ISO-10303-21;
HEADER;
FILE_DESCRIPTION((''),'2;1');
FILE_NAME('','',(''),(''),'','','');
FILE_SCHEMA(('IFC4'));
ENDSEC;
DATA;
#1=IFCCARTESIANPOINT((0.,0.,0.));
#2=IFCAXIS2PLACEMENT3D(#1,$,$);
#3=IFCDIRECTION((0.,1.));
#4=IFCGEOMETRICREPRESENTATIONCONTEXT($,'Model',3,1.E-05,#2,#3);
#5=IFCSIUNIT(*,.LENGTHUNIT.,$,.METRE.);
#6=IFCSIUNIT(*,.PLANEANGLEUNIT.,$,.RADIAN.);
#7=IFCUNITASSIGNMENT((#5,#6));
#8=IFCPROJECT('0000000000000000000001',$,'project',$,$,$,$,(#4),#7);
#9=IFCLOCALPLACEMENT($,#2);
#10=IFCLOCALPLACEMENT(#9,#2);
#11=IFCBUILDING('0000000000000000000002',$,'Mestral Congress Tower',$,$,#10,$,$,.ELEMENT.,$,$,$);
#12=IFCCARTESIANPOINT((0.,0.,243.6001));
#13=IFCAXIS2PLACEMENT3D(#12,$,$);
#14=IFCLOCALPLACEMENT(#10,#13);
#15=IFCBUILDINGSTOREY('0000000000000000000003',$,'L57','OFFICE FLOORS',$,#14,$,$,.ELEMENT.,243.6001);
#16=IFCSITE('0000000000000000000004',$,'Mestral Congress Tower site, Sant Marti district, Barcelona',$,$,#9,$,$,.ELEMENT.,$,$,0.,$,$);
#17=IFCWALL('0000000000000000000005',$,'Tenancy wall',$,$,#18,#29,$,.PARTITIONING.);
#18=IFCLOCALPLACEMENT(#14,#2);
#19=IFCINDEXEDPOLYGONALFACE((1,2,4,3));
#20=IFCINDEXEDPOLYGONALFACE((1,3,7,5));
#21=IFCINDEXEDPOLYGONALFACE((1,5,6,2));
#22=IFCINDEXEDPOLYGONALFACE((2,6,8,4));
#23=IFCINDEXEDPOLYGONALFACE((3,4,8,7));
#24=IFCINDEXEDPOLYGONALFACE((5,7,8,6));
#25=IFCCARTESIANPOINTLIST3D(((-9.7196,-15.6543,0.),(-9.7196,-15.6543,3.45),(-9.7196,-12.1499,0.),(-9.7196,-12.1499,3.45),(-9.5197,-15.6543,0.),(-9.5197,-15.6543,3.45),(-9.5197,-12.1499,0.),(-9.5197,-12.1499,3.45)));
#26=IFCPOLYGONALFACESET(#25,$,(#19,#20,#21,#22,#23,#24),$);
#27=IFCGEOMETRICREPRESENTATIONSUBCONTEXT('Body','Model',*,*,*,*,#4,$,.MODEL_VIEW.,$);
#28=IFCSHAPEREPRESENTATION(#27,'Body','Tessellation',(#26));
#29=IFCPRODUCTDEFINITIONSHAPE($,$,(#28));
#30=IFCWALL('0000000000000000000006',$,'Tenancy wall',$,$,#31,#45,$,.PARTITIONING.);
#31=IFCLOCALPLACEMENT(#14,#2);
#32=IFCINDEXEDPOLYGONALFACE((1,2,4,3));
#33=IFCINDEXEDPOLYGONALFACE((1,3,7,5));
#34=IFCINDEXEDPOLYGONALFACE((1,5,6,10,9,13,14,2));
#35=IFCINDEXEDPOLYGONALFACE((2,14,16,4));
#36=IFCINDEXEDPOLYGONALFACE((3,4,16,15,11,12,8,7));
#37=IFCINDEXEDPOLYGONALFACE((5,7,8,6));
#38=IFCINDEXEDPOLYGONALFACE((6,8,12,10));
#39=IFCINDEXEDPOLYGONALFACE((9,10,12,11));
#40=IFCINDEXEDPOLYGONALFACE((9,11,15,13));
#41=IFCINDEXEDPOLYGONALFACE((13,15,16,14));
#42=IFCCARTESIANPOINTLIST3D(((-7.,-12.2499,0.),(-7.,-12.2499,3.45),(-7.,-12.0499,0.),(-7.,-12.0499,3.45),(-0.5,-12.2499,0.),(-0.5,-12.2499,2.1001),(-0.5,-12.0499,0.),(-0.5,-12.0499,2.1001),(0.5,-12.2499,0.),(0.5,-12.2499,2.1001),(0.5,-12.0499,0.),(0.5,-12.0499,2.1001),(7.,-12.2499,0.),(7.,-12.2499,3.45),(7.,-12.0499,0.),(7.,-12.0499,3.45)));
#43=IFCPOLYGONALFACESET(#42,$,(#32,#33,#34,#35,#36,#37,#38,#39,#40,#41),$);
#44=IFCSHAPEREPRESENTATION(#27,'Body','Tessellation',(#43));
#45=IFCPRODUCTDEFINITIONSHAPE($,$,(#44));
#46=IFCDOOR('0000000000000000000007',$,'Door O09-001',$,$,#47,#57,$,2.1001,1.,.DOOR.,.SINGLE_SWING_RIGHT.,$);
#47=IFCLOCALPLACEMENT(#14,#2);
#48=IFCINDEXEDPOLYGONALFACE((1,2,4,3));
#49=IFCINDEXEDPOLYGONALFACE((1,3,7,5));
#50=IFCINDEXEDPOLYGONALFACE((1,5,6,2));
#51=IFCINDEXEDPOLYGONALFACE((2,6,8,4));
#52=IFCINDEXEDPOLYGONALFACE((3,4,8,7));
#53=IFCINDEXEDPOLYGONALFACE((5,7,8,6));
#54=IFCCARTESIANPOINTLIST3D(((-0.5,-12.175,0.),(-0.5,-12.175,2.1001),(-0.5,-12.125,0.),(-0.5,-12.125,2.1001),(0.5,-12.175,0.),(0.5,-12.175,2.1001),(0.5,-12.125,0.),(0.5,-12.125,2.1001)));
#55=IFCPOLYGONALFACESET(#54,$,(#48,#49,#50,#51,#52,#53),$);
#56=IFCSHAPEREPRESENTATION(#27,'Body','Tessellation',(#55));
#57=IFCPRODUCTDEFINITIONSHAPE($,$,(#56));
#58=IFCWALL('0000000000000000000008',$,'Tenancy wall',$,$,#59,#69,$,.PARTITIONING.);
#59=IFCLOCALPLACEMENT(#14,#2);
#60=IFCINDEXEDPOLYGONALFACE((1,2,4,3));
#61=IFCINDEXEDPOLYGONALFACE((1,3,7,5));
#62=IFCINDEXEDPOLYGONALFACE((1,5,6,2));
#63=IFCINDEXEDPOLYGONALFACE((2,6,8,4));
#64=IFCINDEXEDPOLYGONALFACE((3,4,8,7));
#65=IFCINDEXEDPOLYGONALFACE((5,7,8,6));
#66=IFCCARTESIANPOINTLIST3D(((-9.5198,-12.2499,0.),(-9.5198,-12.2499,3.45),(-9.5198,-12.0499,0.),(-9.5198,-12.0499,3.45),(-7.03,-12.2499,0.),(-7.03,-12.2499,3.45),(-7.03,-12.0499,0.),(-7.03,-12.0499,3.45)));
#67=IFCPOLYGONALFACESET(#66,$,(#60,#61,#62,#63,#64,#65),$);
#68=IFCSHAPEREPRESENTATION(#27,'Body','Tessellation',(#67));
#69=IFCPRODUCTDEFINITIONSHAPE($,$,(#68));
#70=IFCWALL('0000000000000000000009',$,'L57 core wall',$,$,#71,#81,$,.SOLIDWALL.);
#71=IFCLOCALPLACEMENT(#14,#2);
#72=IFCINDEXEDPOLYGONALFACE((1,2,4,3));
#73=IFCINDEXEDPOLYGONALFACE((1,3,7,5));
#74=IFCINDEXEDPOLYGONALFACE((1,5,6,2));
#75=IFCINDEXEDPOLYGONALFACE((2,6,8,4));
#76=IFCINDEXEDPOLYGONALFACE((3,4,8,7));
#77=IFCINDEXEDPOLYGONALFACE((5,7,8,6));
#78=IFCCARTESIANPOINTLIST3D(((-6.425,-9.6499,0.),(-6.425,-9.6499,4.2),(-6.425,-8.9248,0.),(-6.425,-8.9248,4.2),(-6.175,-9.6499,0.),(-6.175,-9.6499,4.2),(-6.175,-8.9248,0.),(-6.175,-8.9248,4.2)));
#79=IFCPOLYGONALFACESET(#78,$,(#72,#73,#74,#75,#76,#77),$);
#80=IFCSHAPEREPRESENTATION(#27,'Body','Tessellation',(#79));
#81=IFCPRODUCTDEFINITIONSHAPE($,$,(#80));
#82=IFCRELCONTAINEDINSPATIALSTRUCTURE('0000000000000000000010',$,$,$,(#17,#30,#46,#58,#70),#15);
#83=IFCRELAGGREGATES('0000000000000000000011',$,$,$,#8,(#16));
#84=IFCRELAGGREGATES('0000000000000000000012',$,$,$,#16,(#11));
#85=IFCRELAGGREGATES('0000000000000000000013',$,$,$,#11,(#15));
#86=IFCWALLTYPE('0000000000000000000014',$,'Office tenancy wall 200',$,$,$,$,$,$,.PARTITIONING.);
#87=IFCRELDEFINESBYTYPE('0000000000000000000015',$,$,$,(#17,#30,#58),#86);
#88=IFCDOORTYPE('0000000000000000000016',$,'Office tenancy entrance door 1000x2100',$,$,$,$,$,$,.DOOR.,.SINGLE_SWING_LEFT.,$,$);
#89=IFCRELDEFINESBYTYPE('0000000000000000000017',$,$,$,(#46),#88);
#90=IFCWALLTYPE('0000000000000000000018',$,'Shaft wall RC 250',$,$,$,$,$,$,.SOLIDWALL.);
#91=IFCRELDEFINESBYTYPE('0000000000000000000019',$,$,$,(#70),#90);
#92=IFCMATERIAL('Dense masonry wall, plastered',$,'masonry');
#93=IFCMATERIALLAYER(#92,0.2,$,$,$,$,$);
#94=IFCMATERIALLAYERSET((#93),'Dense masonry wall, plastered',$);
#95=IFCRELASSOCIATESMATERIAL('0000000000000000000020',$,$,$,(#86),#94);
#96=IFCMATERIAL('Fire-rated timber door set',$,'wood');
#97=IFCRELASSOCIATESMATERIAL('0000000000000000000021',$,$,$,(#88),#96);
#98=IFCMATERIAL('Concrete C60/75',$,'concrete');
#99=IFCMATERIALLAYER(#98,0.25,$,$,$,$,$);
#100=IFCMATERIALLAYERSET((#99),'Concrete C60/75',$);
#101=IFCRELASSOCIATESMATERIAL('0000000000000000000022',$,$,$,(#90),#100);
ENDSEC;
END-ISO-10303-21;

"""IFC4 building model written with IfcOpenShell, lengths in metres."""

from ifc_helpers import new_model, si_unit, direction, frame, frame_2d, origin, place, context, subcontext, project, spatial, rectangle, extrude, material, layer, layer_set, type_object, element, fill, save


model = new_model("IFC4")

# Units and contexts
model_context = context("Model", 3, precision=1e-05, world=origin(), true_north=direction((0.0, 1.0)))
body_context = subcontext(model_context, "Body", "Model", "MODEL_VIEW")
ifc_project = project(units=[si_unit("LENGTHUNIT", "METRE"), si_unit("PLANEANGLEUNIT", "RADIAN")], contexts=[model_context])

# Site, building, storey
site_placement = place(None, origin())
site = spatial("IfcSite", under=ifc_project, at=site_placement, Name="Mestral Congress Tower site, Sant Marti district, Barcelona", CompositionType="ELEMENT", RefElevation=0.0)
building_placement = place(site_placement, origin())
building = spatial("IfcBuilding", under=site, at=building_placement, Name="Mestral Congress Tower", CompositionType="ELEMENT")
storey_placement = place(building_placement, frame((0.0, 0.0, 243.6001)))
storey = spatial("IfcBuildingStorey", under=building, at=storey_placement, Name="L57", Description="OFFICE FLOORS", CompositionType="ELEMENT", Elevation=243.6001)

# Shared definitions
ifc_material_1 = material(Name="Concrete C60/75", Category="concrete")

# Wall
ifc_material_2 = material(Name="Dense masonry wall, plastered", Category="masonry")
ifc_layer_1 = layer(ifc_material_2, 0.2)
ifc_layer_set_1 = layer_set([ifc_layer_1], Name="Dense masonry wall, plastered")
wall_type_1 = type_object("IfcWallType", Name="Office tenancy wall 200", PredefinedType="PARTITIONING", material=ifc_layer_set_1)
wall_1_placement = place(storey_placement, frame((-9.6196, -15.6543, 0.0), z_axis=(0.0, 0.0, 1.0), x_axis=(0.0, 1.0, 0.0)))
element("IfcWall", 1, at=wall_1_placement, inside=storey, type_object=wall_type_1, Name="Tenancy wall", PredefinedType="PARTITIONING", context=body_context, shape_type="SweptSolid", body=[
    extrude(rectangle(XDim=3.5044, YDim=0.2, at=frame_2d((1.7522, 0.0))), origin(), (0.0, 0.0, 1.0), 3.45),
])

# Wall, opening, door
wall_2_placement = place(storey_placement, frame((-7.0, -12.1499, 0.0), z_axis=(0.0, 0.0, 1.0), x_axis=(1.0, 0.0, 0.0)))
wall_2 = element("IfcWall", 2, at=wall_2_placement, inside=storey, type_object=wall_type_1, Name="Tenancy wall", PredefinedType="PARTITIONING", context=body_context, shape_type="SweptSolid", body=[
    extrude(rectangle(XDim=14.0, YDim=0.2, at=frame_2d((7.0, 0.0))), origin(), (0.0, 0.0, 1.0), 3.45),
])
opening_1_placement = place(wall_2_placement, frame((6.5, 0.0, 0.0)))
opening_1 = element("IfcOpeningElement", 3, at=opening_1_placement, cuts=wall_2, PredefinedType="OPENING", context=body_context, shape_type="SweptSolid", body=[
    extrude(rectangle(XDim=1.0, YDim=2.1001, at=frame_2d((0.5, 1.05))), frame((0.0, 0.1099, 0.0), z_axis=(0.0, -1.0, 0.0), x_axis=(1.0, 0.0, 0.0)), (0.0, 0.0, 1.0), 0.22),
])
ifc_material_3 = material(Name="Fire-rated timber door set", Category="wood")
door_type_1 = type_object("IfcDoorType", Name="Office tenancy entrance door 1000x2100", OperationType="SINGLE_SWING_LEFT", PredefinedType="DOOR", material=ifc_material_3)
door_1_placement = place(opening_1_placement, origin())
door_1 = element("IfcDoor", 4, at=door_1_placement, inside=storey, type_object=door_type_1, Name="Door O09-001", OperationType="SINGLE_SWING_RIGHT", OverallHeight=2.1001, OverallWidth=1.0, PredefinedType="DOOR", context=body_context, shape_type="SweptSolid", body=[
    extrude(rectangle(XDim=1.0, YDim=2.1001, at=frame_2d((0.5, 1.05))), frame((0.0, 0.0249, 0.0), z_axis=(0.0, -1.0, 0.0), x_axis=(1.0, 0.0, 0.0)), (0.0, 0.0, 1.0), 0.05),
])
fill(opening_1, door_1)

# Walls
wall_3_placement = place(storey_placement, frame((-9.5198, -12.1499, 0.0), z_axis=(0.0, 0.0, 1.0), x_axis=(1.0, 0.0, 0.0)))
element("IfcWall", 5, at=wall_3_placement, inside=storey, type_object=wall_type_1, Name="Tenancy wall", PredefinedType="PARTITIONING", context=body_context, shape_type="SweptSolid", body=[
    extrude(rectangle(XDim=2.4897, YDim=0.2, at=frame_2d((1.2449, 0.0))), origin(), (0.0, 0.0, 1.0), 3.45),
])
ifc_layer_2 = layer(ifc_material_1, 0.25)
ifc_layer_set_2 = layer_set([ifc_layer_2], Name="Concrete C60/75")
wall_type_2 = type_object("IfcWallType", Name="Shaft wall RC 250", PredefinedType="SOLIDWALL", material=ifc_layer_set_2)
wall_4_placement = place(storey_placement, frame((-6.3, -8.9248, 0.0), z_axis=(0.0, 0.0, 1.0), x_axis=(0.0, -1.0, 0.0)))
element("IfcWall", 6, at=wall_4_placement, inside=storey, type_object=wall_type_2, Name="L57 core wall", PredefinedType="SOLIDWALL", context=body_context, shape_type="SweptSolid", body=[
    extrude(rectangle(XDim=0.7251, YDim=0.25, at=frame_2d((0.3625, 0.0))), origin(), (0.0, 0.0, 1.0), 4.2),
])

save(model, "model.ifc")
